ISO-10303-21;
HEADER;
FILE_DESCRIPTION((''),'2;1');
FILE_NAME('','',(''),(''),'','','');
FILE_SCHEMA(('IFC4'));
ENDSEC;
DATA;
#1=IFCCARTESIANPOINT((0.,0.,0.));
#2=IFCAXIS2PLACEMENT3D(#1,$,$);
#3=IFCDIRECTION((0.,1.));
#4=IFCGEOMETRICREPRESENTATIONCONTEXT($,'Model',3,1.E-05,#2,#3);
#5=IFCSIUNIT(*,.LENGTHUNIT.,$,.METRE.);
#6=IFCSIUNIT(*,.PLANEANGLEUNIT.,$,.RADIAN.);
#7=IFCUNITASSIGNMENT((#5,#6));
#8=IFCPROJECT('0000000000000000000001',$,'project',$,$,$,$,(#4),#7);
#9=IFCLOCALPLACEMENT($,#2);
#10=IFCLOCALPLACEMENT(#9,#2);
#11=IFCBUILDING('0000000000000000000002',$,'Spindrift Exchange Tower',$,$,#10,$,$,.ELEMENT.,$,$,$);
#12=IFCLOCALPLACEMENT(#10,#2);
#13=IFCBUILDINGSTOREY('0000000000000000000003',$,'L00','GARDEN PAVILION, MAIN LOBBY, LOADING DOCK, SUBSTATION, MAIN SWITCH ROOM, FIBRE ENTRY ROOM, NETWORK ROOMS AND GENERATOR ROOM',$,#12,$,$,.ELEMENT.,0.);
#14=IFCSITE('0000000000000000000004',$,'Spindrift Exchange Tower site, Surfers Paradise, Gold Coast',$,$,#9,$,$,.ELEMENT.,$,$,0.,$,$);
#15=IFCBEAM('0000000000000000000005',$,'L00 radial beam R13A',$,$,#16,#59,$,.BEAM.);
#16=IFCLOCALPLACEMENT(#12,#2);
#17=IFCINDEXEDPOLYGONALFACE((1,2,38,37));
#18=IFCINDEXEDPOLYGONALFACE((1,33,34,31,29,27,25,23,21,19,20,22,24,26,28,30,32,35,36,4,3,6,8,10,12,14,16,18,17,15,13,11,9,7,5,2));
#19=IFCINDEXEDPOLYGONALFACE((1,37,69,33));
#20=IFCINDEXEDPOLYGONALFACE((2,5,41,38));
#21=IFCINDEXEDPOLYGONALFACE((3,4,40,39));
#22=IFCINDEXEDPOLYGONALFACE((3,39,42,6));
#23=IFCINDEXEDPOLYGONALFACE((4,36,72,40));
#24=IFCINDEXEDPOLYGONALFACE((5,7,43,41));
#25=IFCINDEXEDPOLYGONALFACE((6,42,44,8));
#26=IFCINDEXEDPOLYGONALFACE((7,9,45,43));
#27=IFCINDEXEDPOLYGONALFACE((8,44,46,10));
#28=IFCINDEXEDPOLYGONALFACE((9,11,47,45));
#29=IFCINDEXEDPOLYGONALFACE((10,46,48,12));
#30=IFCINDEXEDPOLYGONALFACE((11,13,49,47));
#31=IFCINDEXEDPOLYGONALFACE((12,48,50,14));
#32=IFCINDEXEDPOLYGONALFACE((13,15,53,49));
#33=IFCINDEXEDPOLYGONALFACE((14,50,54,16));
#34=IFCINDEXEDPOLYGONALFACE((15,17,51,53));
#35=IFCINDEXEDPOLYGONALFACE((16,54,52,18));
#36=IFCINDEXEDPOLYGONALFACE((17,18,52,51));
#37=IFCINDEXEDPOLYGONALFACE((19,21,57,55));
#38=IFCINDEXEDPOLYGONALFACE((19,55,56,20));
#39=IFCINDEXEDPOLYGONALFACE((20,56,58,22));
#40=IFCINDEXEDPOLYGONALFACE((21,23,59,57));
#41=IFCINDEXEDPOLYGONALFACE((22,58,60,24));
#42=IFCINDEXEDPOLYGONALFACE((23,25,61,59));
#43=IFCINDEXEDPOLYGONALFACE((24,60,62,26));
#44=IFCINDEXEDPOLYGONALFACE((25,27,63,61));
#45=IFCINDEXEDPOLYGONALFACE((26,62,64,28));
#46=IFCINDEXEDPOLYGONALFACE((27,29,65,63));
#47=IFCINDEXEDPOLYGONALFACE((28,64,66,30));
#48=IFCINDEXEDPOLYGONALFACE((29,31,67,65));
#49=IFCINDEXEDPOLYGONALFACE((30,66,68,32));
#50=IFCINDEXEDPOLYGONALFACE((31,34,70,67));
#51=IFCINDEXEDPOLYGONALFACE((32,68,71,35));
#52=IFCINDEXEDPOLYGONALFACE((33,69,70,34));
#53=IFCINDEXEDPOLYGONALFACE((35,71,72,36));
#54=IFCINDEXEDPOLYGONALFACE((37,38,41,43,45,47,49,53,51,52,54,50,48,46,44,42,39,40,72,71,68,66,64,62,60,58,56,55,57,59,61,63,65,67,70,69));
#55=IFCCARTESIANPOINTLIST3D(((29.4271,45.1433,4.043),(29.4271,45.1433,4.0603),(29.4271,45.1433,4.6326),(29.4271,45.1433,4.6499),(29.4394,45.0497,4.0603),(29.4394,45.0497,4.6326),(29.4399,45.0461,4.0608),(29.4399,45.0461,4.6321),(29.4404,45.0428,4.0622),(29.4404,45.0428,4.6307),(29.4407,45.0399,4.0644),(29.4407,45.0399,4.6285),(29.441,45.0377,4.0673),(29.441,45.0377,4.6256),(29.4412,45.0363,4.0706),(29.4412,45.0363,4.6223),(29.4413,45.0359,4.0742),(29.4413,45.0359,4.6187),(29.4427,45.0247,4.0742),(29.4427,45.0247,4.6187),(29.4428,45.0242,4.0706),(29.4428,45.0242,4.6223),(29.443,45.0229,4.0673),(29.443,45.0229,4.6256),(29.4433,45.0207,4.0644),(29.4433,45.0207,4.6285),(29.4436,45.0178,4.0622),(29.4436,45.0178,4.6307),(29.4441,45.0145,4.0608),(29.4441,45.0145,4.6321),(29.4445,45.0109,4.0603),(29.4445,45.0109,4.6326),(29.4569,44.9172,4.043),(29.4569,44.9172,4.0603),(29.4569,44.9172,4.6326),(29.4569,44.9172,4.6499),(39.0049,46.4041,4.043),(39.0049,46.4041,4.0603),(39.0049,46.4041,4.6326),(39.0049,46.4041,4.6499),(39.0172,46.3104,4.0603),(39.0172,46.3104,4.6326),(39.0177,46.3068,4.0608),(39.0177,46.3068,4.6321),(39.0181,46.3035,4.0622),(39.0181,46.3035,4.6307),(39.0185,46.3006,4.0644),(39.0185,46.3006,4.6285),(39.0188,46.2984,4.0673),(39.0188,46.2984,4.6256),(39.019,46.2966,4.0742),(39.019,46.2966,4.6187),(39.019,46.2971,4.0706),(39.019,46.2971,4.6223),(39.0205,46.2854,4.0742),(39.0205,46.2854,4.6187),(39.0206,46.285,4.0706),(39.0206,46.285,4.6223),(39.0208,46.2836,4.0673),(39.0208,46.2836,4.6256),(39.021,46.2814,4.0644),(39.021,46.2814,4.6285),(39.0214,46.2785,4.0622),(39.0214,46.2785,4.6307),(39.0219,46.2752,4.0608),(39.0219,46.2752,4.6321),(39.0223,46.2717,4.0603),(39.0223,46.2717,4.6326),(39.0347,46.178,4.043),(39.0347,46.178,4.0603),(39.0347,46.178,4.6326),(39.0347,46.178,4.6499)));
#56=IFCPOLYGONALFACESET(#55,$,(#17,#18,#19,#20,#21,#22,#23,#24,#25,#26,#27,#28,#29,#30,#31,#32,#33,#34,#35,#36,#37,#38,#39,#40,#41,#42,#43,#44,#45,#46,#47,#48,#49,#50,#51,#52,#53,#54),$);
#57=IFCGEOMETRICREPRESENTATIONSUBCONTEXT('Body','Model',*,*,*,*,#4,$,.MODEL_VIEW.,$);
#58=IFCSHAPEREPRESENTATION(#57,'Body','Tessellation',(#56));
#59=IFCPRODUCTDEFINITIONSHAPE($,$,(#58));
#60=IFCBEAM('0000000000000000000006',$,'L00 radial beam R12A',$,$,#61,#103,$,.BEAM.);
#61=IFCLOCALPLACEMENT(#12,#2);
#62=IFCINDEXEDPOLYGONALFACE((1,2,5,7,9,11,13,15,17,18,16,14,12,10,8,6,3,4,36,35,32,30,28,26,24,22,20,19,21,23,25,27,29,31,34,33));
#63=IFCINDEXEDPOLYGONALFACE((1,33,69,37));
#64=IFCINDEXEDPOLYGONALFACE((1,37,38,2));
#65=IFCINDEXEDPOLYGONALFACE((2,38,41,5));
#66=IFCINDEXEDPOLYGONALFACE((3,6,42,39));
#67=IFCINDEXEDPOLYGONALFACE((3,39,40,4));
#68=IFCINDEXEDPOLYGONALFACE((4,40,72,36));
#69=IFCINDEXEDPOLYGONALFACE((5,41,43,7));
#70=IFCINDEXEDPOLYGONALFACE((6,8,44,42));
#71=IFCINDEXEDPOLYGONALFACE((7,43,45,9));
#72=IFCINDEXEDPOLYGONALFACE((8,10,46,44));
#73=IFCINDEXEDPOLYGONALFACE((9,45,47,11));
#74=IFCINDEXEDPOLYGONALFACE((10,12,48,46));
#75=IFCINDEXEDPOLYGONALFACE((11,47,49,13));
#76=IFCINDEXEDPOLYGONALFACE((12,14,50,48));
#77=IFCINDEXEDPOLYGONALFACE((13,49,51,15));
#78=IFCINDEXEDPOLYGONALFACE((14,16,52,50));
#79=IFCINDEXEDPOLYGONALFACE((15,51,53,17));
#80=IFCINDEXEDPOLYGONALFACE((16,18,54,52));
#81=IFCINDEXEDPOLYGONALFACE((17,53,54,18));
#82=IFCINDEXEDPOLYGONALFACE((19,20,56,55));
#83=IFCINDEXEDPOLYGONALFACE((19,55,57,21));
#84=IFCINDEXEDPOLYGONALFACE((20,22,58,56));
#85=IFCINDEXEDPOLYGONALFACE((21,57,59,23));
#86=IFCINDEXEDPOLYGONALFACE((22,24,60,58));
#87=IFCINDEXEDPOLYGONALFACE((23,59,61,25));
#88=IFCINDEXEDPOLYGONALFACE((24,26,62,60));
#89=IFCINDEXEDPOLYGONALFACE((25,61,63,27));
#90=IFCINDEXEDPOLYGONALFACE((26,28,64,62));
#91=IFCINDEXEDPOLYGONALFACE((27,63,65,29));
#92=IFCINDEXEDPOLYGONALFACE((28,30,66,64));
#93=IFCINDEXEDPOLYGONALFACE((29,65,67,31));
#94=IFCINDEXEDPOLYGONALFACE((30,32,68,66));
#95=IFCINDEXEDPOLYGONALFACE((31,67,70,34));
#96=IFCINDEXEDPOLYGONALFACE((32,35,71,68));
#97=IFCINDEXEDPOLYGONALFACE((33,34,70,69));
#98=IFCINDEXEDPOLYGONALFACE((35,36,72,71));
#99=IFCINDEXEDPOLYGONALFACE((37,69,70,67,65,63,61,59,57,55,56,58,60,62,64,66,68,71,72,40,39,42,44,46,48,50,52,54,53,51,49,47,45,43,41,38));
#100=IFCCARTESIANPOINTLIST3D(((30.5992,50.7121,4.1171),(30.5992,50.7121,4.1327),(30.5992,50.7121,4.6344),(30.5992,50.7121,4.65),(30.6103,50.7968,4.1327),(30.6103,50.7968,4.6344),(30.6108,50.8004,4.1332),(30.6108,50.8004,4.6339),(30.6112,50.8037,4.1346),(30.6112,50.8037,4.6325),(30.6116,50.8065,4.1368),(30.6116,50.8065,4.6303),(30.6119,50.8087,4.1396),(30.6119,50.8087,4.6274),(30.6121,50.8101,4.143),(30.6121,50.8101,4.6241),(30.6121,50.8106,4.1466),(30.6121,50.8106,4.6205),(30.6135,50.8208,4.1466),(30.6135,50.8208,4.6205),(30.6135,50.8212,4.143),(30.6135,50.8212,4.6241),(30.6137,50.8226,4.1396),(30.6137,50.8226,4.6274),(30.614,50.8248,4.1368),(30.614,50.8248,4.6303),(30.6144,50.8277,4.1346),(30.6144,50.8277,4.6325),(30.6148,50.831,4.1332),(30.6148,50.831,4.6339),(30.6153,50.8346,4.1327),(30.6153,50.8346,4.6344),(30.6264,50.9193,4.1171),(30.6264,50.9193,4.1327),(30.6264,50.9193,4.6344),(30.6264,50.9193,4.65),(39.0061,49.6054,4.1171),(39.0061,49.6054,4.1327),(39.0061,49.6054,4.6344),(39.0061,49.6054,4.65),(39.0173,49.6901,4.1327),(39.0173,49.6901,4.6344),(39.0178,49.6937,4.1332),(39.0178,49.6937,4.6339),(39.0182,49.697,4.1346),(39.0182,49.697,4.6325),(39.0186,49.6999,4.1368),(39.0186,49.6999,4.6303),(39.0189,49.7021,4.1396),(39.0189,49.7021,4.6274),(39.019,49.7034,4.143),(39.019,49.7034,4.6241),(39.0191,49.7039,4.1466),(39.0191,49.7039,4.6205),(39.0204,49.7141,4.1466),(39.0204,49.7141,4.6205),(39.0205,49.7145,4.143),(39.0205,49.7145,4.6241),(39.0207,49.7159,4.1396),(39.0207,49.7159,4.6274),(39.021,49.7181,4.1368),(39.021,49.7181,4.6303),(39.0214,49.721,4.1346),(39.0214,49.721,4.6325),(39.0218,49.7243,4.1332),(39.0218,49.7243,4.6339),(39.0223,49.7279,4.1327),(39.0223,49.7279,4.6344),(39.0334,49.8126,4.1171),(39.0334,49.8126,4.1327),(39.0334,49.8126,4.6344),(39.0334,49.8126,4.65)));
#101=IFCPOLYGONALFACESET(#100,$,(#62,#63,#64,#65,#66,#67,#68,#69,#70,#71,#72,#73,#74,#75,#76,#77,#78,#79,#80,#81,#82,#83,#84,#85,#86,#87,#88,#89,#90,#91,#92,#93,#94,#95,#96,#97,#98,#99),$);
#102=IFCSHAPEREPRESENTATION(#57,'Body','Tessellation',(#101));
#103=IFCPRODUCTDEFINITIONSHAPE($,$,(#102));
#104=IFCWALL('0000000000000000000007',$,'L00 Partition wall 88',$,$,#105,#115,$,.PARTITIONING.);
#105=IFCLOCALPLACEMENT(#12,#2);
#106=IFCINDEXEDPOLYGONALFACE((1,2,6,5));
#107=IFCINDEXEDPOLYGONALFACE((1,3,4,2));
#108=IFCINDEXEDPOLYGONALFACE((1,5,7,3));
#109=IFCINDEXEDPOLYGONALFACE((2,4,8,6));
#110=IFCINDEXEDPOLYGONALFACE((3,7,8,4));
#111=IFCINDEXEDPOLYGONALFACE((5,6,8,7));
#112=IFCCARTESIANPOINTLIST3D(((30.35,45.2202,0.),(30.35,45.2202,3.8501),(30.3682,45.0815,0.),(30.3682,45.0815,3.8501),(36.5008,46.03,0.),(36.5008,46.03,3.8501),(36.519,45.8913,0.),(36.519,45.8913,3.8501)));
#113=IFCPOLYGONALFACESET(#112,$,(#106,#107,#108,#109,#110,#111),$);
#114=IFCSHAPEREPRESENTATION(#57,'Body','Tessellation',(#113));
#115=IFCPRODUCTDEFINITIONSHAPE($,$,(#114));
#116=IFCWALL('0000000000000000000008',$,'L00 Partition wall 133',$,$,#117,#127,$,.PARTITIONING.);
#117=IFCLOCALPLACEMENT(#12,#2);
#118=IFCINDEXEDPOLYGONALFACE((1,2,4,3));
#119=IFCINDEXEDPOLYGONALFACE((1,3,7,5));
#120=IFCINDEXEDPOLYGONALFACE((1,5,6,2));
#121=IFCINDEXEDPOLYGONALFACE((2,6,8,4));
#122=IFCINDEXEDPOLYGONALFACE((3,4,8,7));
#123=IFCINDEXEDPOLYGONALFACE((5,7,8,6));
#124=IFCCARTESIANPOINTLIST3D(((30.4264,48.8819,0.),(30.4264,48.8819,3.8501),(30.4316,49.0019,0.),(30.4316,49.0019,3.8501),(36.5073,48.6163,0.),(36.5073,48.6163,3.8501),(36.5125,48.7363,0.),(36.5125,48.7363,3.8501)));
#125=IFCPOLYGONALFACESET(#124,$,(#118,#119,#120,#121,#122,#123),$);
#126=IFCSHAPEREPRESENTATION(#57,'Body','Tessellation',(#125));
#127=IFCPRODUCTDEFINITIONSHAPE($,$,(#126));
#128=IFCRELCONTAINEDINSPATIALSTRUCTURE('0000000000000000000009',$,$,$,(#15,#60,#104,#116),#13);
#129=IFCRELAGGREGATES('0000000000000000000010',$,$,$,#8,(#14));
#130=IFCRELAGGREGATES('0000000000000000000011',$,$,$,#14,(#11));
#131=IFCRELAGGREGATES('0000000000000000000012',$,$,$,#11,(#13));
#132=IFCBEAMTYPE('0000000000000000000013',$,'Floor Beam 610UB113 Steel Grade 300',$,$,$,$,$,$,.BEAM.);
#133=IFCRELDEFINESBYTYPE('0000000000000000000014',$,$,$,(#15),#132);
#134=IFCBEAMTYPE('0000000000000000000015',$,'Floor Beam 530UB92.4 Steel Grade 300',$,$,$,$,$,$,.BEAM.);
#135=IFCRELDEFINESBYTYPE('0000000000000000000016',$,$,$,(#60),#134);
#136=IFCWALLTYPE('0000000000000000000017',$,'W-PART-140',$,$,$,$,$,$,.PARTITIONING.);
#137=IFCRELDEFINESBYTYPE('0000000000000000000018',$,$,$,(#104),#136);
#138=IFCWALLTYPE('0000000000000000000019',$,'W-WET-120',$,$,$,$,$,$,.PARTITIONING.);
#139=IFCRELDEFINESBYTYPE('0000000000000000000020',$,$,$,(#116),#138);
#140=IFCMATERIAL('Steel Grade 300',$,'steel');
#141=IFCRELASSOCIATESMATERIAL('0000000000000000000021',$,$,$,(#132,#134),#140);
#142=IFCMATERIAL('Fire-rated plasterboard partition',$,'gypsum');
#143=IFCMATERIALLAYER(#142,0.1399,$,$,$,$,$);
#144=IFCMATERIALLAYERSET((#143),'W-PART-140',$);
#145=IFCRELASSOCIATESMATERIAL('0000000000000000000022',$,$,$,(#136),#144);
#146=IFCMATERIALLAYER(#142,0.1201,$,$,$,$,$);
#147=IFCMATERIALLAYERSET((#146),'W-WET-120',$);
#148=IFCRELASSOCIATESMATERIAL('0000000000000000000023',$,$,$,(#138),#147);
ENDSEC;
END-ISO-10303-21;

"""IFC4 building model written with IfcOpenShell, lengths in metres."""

from ifc_helpers import new_model, si_unit, direction, frame, frame_2d, origin, origin_2d, place, context, subcontext, project, spatial, rectangle, i_section, extrude, source, transform, mapped, material, layer, layer_set, material_profile, profile_set, type_object, element, save


model = new_model("IFC4")

# Units and contexts
model_context = context("Model", 3, precision=1e-05, world=origin(), true_north=direction((0.0, 1.0)))
body_context = subcontext(model_context, "Body", "Model", "MODEL_VIEW")
ifc_project = project(units=[si_unit("LENGTHUNIT", "METRE"), si_unit("PLANEANGLEUNIT", "RADIAN")], contexts=[model_context])

# Site, building, storey
site_placement = place(None, origin())
site = spatial("IfcSite", under=ifc_project, at=site_placement, Name="Spindrift Exchange Tower site, Surfers Paradise, Gold Coast", CompositionType="ELEMENT", RefElevation=0.0)
building_placement = place(site_placement, origin())
building = spatial("IfcBuilding", under=site, at=building_placement, Name="Spindrift Exchange Tower", CompositionType="ELEMENT")
storey_placement = place(building_placement, origin())
storey = spatial("IfcBuildingStorey", under=building, at=storey_placement, Name="L00", Description="GARDEN PAVILION, MAIN LOBBY, LOADING DOCK, SUBSTATION, MAIN SWITCH ROOM, FIBRE ENTRY ROOM, NETWORK ROOMS AND GENERATOR ROOM", CompositionType="ELEMENT", Elevation=0.0)

# Beams
ifc_material_1 = material(Name="Steel Grade 300", Category="steel")
ifc_material_profile_1 = material_profile(ifc_material_1, i_section(OverallWidth=0.228, OverallDepth=0.6069, WebThickness=0.0112, FlangeThickness=0.0173, FilletRadius=0.0139, at=origin_2d()), Name="610UB113")
ifc_profile_set_1 = profile_set([ifc_material_profile_1], Name="Steel Grade 300")
beam_type_1 = type_object("IfcBeamType", Name="Floor Beam 610UB113 Steel Grade 300", PredefinedType="BEAM", material=ifc_profile_set_1)
shared_shape_1 = source(origin(), body_context, "Body", "SweptSolid", [
    extrude(i_section(OverallWidth=0.228, OverallDepth=0.6069, WebThickness=0.0112, FlangeThickness=0.0173, FilletRadius=0.0139, at=origin_2d()), origin(), (0.0, 0.0, 1.0), 9.6604),
])
beam_1_placement = place(storey_placement, frame((39.0198, 46.291, 4.3464), z_axis=(-0.991448, -0.130505, 0.0), x_axis=(0.130505, -0.991448, 0.0)))
element("IfcBeam", 1, at=beam_1_placement, inside=storey, type_object=beam_type_1, Name="L00 radial beam R13A", PredefinedType="BEAM", context=body_context, shape_type="MappedRepresentation", body=[
    mapped(shared_shape_1, transform((0.0, 0.0, 0.0), scale=1.0)),
])
ifc_material_profile_2 = material_profile(ifc_material_1, i_section(OverallWidth=0.209, OverallDepth=0.533, WebThickness=0.0103, FlangeThickness=0.0156, FilletRadius=0.0139, at=origin_2d()), Name="530UB92.4")
ifc_profile_set_2 = profile_set([ifc_material_profile_2], Name="Steel Grade 300")
beam_type_2 = type_object("IfcBeamType", Name="Floor Beam 530UB92.4 Steel Grade 300", PredefinedType="BEAM", material=ifc_profile_set_2)
shared_shape_2 = source(origin(), body_context, "Body", "SweptSolid", [
    extrude(i_section(OverallWidth=0.209, OverallDepth=0.533, WebThickness=0.0103, FlangeThickness=0.0156, FilletRadius=0.0139, at=origin_2d()), origin(), (0.0, 0.0, 1.0), 8.4795),
])
beam_2_placement = place(storey_placement, frame((39.0198, 49.709, 4.3835), z_axis=(-0.991447, 0.130513, 0.0), x_axis=(-0.130513, -0.991447, 0.0)))
element("IfcBeam", 2, at=beam_2_placement, inside=storey, type_object=beam_type_2, Name="L00 radial beam R12A", PredefinedType="BEAM", context=body_context, shape_type="MappedRepresentation", body=[
    mapped(shared_shape_2, transform((0.0, 0.0, 0.0), scale=1.0)),
])

# Walls
ifc_material_2 = material(Name="Fire-rated plasterboard partition", Category="gypsum")
ifc_layer_1 = layer(ifc_material_2, 0.1399)
ifc_layer_set_1 = layer_set([ifc_layer_1], Name="W-PART-140")
wall_type_1 = type_object("IfcWallType", Name="W-PART-140", PredefinedType="PARTITIONING", material=ifc_layer_set_1)
wall_1_placement = place(storey_placement, frame((36.51, 45.9607, 0.0), z_axis=(0.0, 0.0, 1.0), x_axis=(-0.991444, -0.130532, 0.0)))
element("IfcWall", 3, at=wall_1_placement, inside=storey, type_object=wall_type_1, Name="L00 Partition wall 88", PredefinedType="PARTITIONING", context=body_context, shape_type="SweptSolid", body=[
    extrude(rectangle(XDim=6.2039, YDim=0.1399, at=frame_2d((3.1021, 0.0))), origin(), (0.0, 0.0, 1.0), 3.8501),
])
ifc_layer_2 = layer(ifc_material_2, 0.1201)
ifc_layer_set_2 = layer_set([ifc_layer_2], Name="W-WET-120")
wall_type_2 = type_object("IfcWallType", Name="W-WET-120", PredefinedType="PARTITIONING", material=ifc_layer_set_2)
wall_2_placement = place(storey_placement, frame((36.51, 48.6763, 0.0), z_axis=(0.0, 0.0, 1.0), x_axis=(-0.999047, 0.043641, 0.0)))
element("IfcWall", 4, at=wall_2_placement, inside=storey, type_object=wall_type_2, Name="L00 Partition wall 133", PredefinedType="PARTITIONING", context=body_context, shape_type="SweptSolid", body=[
    extrude(rectangle(XDim=6.0867, YDim=0.1201, at=frame_2d((3.0435, 0.0))), origin(), (0.0, 0.0, 1.0), 3.8501),
])

save(model, "model.ifc")
